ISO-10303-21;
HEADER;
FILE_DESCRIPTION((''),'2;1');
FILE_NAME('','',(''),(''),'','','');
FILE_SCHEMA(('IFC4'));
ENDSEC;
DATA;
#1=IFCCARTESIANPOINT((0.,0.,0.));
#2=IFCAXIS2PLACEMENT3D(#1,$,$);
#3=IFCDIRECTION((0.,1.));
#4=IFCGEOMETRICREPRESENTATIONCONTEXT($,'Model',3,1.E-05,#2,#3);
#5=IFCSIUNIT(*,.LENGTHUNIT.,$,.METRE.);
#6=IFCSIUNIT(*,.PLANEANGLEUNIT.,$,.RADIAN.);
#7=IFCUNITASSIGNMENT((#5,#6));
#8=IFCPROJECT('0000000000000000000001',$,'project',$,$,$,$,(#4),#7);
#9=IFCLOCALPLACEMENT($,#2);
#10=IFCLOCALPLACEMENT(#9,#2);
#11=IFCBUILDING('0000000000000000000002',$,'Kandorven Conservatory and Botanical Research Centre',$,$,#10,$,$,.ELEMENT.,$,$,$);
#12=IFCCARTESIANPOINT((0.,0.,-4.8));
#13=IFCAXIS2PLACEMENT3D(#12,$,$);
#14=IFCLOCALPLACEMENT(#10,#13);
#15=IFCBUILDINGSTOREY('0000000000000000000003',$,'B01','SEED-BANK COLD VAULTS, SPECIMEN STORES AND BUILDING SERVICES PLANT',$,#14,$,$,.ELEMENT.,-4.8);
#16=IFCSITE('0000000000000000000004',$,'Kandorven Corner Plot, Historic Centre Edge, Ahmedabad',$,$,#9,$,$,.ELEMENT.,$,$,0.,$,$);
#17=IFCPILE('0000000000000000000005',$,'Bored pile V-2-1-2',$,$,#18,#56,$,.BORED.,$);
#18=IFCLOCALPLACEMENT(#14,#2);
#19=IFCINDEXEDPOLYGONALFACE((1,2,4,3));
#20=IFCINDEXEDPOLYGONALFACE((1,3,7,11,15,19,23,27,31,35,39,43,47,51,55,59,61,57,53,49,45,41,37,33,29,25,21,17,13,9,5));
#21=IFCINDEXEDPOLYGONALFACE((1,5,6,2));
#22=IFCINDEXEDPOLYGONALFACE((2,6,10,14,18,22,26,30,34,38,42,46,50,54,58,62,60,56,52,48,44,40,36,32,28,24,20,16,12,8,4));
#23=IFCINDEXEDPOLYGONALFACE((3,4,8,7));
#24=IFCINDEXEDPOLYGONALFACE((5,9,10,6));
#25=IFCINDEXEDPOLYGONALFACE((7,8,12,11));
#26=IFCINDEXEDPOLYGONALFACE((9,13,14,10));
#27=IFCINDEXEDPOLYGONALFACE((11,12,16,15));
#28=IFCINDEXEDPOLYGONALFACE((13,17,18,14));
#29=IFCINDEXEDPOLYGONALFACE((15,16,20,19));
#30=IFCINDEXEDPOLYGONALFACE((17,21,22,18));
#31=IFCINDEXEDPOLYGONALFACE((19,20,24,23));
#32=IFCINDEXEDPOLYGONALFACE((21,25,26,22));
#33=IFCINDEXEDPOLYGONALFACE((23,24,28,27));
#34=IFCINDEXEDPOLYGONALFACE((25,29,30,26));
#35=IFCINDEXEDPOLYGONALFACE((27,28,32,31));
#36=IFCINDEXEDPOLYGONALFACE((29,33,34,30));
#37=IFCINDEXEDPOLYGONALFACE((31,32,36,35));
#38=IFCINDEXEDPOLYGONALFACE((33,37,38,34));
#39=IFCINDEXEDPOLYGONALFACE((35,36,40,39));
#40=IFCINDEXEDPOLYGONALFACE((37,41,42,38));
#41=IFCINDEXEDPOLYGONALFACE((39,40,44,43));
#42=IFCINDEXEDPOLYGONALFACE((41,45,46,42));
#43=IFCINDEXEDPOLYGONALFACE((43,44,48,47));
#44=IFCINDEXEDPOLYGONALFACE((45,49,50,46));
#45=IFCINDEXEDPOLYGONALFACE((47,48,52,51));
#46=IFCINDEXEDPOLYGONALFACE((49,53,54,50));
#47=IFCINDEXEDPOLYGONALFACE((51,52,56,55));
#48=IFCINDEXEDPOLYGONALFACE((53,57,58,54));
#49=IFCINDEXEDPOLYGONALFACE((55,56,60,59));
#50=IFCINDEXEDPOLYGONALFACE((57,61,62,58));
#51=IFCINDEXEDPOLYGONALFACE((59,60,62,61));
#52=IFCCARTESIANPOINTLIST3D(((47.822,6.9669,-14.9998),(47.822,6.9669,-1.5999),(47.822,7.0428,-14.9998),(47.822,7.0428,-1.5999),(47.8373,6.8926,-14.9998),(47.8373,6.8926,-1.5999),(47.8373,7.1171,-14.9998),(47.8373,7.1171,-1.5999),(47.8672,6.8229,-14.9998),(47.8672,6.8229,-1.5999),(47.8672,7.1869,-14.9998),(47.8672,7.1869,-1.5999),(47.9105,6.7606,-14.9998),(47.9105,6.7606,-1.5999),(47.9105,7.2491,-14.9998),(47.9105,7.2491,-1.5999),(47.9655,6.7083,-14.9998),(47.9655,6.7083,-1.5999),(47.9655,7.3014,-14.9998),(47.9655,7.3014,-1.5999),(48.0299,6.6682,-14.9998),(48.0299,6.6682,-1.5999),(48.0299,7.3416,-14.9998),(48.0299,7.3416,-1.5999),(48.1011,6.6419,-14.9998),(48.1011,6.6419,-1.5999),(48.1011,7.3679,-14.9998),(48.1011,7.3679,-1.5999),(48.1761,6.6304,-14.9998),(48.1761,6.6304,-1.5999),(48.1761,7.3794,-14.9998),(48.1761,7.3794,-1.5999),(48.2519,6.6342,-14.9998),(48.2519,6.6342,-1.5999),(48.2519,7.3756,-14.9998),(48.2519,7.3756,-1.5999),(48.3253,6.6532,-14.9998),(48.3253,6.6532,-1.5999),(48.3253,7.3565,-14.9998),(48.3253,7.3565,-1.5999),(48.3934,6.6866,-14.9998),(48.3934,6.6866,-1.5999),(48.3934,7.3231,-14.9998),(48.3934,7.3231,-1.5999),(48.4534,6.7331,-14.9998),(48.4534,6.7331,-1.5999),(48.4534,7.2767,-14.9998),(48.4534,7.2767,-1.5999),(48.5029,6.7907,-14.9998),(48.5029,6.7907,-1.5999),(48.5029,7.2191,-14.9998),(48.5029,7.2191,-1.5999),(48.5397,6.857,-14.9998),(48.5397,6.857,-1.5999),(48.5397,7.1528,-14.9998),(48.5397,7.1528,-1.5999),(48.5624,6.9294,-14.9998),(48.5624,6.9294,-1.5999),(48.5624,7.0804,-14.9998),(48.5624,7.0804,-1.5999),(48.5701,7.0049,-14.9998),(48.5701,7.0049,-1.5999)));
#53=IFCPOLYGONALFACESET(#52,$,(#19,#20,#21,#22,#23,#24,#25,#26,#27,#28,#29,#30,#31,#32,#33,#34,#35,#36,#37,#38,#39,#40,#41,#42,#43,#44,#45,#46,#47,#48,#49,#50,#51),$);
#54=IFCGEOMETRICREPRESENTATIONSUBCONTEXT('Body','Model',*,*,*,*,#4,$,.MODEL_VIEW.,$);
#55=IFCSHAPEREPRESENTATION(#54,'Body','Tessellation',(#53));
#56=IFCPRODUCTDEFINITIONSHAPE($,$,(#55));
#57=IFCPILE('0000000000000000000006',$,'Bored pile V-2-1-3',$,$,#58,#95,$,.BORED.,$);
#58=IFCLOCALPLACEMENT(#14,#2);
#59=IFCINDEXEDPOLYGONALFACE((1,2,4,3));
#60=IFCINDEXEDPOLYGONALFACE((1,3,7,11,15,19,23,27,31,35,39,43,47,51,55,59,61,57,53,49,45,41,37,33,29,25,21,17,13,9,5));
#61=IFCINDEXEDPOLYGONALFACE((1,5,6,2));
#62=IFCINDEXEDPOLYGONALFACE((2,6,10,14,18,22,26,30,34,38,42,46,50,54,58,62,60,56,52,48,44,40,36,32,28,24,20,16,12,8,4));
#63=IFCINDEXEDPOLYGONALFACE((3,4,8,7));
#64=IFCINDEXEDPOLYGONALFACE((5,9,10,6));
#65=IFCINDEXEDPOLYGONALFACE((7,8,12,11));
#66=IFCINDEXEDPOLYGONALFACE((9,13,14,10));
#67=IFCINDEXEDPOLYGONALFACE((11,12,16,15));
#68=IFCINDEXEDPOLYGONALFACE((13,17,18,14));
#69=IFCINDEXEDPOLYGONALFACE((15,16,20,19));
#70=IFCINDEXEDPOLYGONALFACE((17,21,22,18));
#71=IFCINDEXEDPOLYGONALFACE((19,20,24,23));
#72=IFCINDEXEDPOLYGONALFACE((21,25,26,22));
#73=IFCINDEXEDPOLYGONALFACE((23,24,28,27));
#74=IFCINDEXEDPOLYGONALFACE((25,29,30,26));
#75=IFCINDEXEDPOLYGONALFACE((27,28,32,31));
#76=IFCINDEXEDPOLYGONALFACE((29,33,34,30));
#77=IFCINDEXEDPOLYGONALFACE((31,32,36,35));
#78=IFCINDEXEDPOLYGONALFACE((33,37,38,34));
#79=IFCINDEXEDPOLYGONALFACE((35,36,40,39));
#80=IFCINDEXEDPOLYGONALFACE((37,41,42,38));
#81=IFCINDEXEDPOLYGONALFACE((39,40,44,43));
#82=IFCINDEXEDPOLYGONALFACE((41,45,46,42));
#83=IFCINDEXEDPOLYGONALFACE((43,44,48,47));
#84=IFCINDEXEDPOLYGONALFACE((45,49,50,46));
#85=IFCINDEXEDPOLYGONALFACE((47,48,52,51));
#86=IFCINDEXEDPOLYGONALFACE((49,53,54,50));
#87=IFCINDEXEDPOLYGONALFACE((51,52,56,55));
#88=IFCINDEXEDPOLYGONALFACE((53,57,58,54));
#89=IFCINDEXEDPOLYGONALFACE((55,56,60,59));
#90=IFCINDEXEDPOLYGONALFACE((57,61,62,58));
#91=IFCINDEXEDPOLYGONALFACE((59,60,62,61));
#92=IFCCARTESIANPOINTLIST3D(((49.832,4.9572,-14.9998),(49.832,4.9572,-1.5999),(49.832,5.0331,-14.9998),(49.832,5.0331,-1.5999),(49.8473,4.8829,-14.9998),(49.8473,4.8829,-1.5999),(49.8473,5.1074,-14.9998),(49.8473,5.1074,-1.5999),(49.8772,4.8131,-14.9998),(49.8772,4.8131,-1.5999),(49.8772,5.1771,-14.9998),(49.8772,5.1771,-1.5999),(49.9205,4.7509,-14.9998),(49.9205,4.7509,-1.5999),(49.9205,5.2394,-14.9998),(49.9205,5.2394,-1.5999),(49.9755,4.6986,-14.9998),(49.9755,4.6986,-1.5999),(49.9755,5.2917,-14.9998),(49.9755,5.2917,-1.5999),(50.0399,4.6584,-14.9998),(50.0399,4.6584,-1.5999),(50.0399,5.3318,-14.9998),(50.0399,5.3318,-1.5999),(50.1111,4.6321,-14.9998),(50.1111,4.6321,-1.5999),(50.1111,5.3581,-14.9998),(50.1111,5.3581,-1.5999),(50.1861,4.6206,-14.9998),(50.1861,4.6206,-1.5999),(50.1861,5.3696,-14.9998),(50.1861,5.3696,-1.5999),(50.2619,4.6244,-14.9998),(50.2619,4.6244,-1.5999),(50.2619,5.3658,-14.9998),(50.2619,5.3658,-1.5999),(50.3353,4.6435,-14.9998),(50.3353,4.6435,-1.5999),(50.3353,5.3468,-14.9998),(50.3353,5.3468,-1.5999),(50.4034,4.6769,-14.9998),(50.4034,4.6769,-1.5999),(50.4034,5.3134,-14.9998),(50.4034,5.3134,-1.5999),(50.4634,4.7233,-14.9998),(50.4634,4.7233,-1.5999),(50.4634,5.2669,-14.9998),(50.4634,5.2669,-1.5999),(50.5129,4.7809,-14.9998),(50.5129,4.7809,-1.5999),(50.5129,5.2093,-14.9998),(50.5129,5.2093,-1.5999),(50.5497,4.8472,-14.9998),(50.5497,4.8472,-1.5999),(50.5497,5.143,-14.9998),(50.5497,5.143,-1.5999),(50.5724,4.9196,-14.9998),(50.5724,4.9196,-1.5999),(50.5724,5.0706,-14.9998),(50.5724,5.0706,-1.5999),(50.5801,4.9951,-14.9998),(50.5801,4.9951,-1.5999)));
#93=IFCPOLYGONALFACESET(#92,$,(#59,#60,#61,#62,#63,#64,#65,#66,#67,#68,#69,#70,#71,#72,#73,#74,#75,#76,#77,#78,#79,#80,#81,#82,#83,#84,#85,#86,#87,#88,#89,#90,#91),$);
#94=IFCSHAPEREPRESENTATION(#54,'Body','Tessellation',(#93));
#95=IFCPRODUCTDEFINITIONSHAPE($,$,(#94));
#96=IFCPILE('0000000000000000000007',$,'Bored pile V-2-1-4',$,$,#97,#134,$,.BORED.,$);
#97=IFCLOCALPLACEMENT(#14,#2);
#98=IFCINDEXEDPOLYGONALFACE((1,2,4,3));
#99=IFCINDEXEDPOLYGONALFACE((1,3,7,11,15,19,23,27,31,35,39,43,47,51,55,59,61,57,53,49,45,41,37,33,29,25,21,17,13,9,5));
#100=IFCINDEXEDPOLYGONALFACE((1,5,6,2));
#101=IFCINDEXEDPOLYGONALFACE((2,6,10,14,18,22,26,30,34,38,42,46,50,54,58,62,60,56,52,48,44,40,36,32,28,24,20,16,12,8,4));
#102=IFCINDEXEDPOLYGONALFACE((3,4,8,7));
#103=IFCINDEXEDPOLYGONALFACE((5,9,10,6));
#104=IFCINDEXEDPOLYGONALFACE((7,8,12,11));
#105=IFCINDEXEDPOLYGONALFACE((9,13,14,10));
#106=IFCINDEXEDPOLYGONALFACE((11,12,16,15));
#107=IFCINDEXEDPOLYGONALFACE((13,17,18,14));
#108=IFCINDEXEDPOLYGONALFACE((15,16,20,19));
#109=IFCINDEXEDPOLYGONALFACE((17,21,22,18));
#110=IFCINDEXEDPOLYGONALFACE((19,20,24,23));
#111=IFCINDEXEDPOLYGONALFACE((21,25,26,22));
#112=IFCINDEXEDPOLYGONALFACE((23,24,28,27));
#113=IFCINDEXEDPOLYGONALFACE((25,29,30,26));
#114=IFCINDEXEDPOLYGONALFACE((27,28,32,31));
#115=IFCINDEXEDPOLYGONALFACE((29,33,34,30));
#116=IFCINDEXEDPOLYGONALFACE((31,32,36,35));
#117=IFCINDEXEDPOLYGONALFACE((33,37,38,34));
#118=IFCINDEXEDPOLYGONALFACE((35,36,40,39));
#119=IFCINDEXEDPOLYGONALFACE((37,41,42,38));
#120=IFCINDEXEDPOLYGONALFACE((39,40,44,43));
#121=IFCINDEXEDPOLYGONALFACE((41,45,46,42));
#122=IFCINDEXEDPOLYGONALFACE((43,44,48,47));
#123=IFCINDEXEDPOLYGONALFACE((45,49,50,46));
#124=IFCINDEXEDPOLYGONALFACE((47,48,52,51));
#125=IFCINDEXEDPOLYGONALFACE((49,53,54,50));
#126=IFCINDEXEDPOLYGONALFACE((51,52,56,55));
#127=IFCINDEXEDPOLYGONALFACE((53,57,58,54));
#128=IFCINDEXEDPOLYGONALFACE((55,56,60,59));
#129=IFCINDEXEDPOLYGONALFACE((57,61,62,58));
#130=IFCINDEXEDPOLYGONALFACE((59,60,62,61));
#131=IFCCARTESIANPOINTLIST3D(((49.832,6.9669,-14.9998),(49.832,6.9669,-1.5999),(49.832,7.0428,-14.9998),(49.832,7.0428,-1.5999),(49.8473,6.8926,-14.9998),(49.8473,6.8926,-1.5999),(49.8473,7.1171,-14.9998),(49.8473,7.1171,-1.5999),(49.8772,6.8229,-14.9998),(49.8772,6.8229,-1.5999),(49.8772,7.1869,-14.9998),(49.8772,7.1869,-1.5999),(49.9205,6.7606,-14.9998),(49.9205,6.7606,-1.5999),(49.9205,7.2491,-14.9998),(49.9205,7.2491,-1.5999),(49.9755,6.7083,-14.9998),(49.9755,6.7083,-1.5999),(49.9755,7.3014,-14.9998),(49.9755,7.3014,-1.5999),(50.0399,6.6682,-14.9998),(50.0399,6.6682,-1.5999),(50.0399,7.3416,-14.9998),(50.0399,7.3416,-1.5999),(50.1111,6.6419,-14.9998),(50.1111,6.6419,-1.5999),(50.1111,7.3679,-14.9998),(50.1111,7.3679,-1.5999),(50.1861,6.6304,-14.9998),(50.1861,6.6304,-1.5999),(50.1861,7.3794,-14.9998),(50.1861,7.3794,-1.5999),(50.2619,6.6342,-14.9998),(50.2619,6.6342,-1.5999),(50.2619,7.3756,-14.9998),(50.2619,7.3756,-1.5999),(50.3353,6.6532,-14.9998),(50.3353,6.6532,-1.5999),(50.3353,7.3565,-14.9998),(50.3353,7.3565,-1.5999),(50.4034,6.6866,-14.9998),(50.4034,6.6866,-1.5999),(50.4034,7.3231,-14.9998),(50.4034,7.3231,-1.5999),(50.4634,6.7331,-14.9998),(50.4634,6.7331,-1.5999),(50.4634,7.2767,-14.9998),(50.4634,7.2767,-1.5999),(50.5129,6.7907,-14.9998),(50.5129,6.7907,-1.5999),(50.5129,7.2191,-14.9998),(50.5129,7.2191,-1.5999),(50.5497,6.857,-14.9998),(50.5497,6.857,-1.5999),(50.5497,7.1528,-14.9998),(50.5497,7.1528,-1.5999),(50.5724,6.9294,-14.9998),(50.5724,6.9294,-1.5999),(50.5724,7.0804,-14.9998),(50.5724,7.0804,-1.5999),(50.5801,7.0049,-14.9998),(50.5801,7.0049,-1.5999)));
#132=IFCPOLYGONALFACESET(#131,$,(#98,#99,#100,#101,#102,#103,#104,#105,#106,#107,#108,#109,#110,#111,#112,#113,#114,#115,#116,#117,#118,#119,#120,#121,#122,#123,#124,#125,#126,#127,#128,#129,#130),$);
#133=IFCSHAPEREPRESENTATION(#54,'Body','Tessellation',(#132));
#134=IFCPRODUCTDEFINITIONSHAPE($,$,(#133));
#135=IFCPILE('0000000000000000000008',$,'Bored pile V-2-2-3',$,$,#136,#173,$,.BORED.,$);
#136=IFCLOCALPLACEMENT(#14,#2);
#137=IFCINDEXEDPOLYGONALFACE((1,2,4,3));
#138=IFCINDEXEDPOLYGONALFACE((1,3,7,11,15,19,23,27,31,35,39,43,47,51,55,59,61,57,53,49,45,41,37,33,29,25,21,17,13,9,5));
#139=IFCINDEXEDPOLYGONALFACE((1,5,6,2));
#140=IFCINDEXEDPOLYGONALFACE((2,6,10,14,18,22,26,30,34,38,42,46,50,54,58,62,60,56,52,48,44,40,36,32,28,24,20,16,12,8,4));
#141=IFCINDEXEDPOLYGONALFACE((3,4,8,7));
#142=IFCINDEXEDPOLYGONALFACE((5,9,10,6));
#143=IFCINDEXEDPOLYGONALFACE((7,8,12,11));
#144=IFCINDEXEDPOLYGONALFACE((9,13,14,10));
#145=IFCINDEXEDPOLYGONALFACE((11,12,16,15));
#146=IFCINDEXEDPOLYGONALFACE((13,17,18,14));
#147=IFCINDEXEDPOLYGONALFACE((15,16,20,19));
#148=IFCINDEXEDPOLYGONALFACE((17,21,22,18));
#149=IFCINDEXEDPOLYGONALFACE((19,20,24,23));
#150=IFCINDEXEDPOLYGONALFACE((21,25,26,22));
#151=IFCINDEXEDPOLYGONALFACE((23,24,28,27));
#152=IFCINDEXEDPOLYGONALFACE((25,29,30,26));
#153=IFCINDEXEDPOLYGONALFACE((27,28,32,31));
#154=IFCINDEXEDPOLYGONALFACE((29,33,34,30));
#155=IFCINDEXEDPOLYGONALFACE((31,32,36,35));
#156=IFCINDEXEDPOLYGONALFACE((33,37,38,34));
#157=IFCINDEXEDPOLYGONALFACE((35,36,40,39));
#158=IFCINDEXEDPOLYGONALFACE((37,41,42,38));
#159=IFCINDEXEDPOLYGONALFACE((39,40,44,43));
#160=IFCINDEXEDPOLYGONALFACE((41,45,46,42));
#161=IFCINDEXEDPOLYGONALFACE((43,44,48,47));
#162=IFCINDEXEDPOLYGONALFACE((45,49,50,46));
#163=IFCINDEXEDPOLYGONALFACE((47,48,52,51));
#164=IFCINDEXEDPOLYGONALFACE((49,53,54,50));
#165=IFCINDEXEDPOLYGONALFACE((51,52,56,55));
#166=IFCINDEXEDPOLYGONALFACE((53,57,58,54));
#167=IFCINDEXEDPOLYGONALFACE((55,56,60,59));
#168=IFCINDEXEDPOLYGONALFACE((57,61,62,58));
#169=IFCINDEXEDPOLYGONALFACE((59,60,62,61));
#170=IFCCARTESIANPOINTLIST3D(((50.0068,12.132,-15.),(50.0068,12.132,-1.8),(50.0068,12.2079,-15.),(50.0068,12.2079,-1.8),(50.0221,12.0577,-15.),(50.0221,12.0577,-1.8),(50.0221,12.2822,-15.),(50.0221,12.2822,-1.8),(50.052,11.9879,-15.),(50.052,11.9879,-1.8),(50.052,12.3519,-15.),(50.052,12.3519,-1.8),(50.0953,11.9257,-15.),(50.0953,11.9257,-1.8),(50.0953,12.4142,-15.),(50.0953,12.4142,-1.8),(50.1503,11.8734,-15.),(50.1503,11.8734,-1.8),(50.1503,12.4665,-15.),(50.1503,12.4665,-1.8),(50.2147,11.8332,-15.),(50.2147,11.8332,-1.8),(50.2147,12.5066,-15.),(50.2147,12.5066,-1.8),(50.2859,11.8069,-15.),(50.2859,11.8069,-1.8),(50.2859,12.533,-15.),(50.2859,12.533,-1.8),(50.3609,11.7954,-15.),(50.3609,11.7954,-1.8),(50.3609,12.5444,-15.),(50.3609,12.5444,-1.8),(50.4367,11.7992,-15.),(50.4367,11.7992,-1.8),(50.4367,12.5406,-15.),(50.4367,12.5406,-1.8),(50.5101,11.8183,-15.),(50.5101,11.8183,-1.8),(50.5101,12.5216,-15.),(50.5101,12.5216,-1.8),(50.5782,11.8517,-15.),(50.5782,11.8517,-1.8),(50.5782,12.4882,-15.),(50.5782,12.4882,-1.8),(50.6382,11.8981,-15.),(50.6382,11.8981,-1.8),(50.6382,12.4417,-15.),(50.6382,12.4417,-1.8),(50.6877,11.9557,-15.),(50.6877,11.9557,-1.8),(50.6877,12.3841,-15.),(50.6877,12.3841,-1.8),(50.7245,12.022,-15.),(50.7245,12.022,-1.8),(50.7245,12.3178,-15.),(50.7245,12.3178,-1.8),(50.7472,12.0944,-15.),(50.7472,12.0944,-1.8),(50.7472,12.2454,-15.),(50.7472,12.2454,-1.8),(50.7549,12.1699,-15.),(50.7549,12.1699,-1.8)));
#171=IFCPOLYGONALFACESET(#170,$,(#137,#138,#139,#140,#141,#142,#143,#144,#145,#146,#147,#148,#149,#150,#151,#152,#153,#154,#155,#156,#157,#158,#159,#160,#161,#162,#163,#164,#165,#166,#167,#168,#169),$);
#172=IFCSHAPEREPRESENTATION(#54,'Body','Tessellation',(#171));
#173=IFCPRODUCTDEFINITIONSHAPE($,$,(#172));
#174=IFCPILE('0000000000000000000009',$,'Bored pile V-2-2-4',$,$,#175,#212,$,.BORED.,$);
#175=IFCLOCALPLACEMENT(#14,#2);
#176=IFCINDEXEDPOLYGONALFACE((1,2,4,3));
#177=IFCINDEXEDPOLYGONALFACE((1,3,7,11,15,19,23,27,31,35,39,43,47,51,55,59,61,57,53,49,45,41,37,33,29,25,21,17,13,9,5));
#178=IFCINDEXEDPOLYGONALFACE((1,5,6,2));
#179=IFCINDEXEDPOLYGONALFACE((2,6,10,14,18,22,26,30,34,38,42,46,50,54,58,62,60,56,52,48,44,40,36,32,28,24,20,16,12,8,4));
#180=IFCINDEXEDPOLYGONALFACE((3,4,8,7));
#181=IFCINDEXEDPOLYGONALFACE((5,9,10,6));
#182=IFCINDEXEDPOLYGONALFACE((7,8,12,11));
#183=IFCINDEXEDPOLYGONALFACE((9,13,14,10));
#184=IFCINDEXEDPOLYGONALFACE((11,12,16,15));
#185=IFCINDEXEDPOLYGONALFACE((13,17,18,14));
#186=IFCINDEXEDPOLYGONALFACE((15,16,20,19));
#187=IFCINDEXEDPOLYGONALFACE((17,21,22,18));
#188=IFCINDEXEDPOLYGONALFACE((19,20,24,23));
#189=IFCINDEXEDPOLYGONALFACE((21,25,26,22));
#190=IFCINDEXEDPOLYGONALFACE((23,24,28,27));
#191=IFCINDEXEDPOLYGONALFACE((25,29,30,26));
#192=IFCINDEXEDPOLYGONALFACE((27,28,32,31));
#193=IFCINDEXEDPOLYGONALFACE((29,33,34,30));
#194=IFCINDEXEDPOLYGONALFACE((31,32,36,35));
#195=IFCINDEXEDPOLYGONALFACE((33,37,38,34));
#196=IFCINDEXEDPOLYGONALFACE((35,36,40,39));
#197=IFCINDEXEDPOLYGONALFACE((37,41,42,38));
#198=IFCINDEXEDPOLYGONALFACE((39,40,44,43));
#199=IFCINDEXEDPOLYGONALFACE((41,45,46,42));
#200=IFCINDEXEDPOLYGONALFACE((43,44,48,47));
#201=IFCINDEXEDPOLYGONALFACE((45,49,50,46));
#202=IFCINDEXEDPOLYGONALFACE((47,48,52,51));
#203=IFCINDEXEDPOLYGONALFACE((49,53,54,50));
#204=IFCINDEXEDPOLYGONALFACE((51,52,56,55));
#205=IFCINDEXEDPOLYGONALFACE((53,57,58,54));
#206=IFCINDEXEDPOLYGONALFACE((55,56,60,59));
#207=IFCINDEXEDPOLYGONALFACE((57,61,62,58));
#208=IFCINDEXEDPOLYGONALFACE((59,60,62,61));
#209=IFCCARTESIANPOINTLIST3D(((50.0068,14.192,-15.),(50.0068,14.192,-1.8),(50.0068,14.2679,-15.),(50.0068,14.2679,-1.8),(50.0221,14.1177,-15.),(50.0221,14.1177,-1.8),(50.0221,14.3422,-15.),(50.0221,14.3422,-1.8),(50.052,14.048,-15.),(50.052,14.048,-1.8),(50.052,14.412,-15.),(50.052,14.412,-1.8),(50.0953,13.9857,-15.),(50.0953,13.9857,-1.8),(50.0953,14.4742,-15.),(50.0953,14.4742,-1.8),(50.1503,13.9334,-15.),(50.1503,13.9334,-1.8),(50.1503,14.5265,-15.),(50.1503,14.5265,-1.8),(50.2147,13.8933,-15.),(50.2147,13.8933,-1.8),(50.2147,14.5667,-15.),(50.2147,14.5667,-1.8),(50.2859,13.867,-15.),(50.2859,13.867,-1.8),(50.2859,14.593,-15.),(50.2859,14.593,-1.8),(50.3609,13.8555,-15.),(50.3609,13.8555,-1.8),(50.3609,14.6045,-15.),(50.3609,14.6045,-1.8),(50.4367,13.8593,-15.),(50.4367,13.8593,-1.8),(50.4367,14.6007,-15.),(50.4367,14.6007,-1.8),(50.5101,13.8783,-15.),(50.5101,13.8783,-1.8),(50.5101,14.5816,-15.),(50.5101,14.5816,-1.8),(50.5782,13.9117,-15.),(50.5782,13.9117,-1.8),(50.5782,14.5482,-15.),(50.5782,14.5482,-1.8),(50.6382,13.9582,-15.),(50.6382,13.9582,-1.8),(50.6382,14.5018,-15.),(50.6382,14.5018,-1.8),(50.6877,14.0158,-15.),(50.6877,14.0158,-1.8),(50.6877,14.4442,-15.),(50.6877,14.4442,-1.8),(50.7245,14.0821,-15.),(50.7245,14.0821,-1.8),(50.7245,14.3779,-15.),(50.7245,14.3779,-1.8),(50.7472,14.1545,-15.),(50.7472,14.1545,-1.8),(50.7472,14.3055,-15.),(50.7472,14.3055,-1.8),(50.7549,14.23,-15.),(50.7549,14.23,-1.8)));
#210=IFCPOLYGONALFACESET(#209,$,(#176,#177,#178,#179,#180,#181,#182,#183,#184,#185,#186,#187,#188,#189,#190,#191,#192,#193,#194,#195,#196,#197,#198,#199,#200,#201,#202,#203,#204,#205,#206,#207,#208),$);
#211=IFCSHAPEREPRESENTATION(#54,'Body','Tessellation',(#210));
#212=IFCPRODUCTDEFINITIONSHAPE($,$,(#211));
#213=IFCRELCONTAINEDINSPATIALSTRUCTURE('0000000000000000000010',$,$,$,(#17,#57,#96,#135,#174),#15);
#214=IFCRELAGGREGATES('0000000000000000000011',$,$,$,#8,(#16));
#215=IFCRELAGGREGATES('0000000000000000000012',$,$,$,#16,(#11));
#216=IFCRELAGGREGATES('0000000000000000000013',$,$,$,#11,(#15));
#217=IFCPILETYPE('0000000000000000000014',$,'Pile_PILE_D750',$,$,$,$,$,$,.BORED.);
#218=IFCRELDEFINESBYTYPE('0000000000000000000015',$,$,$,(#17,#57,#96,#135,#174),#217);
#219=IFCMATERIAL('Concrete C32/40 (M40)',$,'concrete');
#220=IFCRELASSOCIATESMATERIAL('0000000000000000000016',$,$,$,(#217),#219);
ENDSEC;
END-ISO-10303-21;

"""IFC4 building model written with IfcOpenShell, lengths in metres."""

from ifc_helpers import new_model, si_unit, direction, frame, origin, origin_2d, place, context, subcontext, project, spatial, circle, extrude, material, material_profile, profile_set, type_object, element, save


model = new_model("IFC4")

# Units and contexts
model_context = context("Model", 3, precision=1e-05, world=origin(), true_north=direction((0.0, 1.0)))
body_context = subcontext(model_context, "Body", "Model", "MODEL_VIEW")
ifc_project = project(units=[si_unit("LENGTHUNIT", "METRE"), si_unit("PLANEANGLEUNIT", "RADIAN")], contexts=[model_context])

# Site, building, storey
site_placement = place(None, origin())
site = spatial("IfcSite", under=ifc_project, at=site_placement, Name="Kandorven Corner Plot, Historic Centre Edge, Ahmedabad", CompositionType="ELEMENT", RefElevation=0.0)
building_placement = place(site_placement, origin())
building = spatial("IfcBuilding", under=site, at=building_placement, Name="Kandorven Conservatory and Botanical Research Centre", CompositionType="ELEMENT")
storey_placement = place(building_placement, frame((0.0, 0.0, -4.8)))
storey = spatial("IfcBuildingStorey", under=building, at=storey_placement, Name="B01", Description="SEED-BANK COLD VAULTS, SPECIMEN STORES AND BUILDING SERVICES PLANT", CompositionType="ELEMENT", Elevation=-4.8)

# Piles
ifc_material_1 = material(Name="Concrete C32/40 (M40)", Category="concrete")
ifc_material_profile_1 = material_profile(ifc_material_1, circle(Radius=0.375, at=origin_2d()))
ifc_profile_set_1 = profile_set([ifc_material_profile_1], Name="Concrete C32/40 (M40)")
pile_type = type_object("IfcPileType", Name="Pile_PILE_D750", PredefinedType="BORED", material=ifc_profile_set_1)
for number, where, z_axis, x_axis, name in (
    (1, (48.1951, 7.0049, -1.5999), (0.0, 0.0, -1.0), (1.0, 0.0, 0.0), "Bored pile V-2-1-2"),
    (2, (50.2051, 4.9951, -1.5999), (0.0, 0.0, -1.0), (1.0, 0.0, 0.0), "Bored pile V-2-1-3"),
    (3, (50.2051, 7.0049, -1.5999), (0.0, 0.0, -1.0), (1.0, 0.0, 0.0), "Bored pile V-2-1-4"),
):
    element("IfcPile", number, at=place(storey_placement, frame(where, z_axis=z_axis, x_axis=x_axis)), inside=storey, type_object=pile_type, Name=name, PredefinedType="BORED", context=body_context, shape_type="SweptSolid", body=[
        extrude(circle(Radius=0.375, at=origin_2d()), origin(), (0.0, 0.0, 1.0), 13.3999),
    ])
for number, where, z_axis, x_axis, name in (
    (4, (50.3799, 12.1699, -1.8), (0.0, 0.0, -1.0), (1.0, 0.0, 0.0), "Bored pile V-2-2-3"),
    (5, (50.3799, 14.23, -1.8), (0.0, 0.0, -1.0), (1.0, 0.0, 0.0), "Bored pile V-2-2-4"),
):
    element("IfcPile", number, at=place(storey_placement, frame(where, z_axis=z_axis, x_axis=x_axis)), inside=storey, type_object=pile_type, Name=name, PredefinedType="BORED", context=body_context, shape_type="SweptSolid", body=[
        extrude(circle(Radius=0.375, at=origin_2d()), origin(), (0.0, 0.0, 1.0), 13.2),
    ])

save(model, "model.ifc")
